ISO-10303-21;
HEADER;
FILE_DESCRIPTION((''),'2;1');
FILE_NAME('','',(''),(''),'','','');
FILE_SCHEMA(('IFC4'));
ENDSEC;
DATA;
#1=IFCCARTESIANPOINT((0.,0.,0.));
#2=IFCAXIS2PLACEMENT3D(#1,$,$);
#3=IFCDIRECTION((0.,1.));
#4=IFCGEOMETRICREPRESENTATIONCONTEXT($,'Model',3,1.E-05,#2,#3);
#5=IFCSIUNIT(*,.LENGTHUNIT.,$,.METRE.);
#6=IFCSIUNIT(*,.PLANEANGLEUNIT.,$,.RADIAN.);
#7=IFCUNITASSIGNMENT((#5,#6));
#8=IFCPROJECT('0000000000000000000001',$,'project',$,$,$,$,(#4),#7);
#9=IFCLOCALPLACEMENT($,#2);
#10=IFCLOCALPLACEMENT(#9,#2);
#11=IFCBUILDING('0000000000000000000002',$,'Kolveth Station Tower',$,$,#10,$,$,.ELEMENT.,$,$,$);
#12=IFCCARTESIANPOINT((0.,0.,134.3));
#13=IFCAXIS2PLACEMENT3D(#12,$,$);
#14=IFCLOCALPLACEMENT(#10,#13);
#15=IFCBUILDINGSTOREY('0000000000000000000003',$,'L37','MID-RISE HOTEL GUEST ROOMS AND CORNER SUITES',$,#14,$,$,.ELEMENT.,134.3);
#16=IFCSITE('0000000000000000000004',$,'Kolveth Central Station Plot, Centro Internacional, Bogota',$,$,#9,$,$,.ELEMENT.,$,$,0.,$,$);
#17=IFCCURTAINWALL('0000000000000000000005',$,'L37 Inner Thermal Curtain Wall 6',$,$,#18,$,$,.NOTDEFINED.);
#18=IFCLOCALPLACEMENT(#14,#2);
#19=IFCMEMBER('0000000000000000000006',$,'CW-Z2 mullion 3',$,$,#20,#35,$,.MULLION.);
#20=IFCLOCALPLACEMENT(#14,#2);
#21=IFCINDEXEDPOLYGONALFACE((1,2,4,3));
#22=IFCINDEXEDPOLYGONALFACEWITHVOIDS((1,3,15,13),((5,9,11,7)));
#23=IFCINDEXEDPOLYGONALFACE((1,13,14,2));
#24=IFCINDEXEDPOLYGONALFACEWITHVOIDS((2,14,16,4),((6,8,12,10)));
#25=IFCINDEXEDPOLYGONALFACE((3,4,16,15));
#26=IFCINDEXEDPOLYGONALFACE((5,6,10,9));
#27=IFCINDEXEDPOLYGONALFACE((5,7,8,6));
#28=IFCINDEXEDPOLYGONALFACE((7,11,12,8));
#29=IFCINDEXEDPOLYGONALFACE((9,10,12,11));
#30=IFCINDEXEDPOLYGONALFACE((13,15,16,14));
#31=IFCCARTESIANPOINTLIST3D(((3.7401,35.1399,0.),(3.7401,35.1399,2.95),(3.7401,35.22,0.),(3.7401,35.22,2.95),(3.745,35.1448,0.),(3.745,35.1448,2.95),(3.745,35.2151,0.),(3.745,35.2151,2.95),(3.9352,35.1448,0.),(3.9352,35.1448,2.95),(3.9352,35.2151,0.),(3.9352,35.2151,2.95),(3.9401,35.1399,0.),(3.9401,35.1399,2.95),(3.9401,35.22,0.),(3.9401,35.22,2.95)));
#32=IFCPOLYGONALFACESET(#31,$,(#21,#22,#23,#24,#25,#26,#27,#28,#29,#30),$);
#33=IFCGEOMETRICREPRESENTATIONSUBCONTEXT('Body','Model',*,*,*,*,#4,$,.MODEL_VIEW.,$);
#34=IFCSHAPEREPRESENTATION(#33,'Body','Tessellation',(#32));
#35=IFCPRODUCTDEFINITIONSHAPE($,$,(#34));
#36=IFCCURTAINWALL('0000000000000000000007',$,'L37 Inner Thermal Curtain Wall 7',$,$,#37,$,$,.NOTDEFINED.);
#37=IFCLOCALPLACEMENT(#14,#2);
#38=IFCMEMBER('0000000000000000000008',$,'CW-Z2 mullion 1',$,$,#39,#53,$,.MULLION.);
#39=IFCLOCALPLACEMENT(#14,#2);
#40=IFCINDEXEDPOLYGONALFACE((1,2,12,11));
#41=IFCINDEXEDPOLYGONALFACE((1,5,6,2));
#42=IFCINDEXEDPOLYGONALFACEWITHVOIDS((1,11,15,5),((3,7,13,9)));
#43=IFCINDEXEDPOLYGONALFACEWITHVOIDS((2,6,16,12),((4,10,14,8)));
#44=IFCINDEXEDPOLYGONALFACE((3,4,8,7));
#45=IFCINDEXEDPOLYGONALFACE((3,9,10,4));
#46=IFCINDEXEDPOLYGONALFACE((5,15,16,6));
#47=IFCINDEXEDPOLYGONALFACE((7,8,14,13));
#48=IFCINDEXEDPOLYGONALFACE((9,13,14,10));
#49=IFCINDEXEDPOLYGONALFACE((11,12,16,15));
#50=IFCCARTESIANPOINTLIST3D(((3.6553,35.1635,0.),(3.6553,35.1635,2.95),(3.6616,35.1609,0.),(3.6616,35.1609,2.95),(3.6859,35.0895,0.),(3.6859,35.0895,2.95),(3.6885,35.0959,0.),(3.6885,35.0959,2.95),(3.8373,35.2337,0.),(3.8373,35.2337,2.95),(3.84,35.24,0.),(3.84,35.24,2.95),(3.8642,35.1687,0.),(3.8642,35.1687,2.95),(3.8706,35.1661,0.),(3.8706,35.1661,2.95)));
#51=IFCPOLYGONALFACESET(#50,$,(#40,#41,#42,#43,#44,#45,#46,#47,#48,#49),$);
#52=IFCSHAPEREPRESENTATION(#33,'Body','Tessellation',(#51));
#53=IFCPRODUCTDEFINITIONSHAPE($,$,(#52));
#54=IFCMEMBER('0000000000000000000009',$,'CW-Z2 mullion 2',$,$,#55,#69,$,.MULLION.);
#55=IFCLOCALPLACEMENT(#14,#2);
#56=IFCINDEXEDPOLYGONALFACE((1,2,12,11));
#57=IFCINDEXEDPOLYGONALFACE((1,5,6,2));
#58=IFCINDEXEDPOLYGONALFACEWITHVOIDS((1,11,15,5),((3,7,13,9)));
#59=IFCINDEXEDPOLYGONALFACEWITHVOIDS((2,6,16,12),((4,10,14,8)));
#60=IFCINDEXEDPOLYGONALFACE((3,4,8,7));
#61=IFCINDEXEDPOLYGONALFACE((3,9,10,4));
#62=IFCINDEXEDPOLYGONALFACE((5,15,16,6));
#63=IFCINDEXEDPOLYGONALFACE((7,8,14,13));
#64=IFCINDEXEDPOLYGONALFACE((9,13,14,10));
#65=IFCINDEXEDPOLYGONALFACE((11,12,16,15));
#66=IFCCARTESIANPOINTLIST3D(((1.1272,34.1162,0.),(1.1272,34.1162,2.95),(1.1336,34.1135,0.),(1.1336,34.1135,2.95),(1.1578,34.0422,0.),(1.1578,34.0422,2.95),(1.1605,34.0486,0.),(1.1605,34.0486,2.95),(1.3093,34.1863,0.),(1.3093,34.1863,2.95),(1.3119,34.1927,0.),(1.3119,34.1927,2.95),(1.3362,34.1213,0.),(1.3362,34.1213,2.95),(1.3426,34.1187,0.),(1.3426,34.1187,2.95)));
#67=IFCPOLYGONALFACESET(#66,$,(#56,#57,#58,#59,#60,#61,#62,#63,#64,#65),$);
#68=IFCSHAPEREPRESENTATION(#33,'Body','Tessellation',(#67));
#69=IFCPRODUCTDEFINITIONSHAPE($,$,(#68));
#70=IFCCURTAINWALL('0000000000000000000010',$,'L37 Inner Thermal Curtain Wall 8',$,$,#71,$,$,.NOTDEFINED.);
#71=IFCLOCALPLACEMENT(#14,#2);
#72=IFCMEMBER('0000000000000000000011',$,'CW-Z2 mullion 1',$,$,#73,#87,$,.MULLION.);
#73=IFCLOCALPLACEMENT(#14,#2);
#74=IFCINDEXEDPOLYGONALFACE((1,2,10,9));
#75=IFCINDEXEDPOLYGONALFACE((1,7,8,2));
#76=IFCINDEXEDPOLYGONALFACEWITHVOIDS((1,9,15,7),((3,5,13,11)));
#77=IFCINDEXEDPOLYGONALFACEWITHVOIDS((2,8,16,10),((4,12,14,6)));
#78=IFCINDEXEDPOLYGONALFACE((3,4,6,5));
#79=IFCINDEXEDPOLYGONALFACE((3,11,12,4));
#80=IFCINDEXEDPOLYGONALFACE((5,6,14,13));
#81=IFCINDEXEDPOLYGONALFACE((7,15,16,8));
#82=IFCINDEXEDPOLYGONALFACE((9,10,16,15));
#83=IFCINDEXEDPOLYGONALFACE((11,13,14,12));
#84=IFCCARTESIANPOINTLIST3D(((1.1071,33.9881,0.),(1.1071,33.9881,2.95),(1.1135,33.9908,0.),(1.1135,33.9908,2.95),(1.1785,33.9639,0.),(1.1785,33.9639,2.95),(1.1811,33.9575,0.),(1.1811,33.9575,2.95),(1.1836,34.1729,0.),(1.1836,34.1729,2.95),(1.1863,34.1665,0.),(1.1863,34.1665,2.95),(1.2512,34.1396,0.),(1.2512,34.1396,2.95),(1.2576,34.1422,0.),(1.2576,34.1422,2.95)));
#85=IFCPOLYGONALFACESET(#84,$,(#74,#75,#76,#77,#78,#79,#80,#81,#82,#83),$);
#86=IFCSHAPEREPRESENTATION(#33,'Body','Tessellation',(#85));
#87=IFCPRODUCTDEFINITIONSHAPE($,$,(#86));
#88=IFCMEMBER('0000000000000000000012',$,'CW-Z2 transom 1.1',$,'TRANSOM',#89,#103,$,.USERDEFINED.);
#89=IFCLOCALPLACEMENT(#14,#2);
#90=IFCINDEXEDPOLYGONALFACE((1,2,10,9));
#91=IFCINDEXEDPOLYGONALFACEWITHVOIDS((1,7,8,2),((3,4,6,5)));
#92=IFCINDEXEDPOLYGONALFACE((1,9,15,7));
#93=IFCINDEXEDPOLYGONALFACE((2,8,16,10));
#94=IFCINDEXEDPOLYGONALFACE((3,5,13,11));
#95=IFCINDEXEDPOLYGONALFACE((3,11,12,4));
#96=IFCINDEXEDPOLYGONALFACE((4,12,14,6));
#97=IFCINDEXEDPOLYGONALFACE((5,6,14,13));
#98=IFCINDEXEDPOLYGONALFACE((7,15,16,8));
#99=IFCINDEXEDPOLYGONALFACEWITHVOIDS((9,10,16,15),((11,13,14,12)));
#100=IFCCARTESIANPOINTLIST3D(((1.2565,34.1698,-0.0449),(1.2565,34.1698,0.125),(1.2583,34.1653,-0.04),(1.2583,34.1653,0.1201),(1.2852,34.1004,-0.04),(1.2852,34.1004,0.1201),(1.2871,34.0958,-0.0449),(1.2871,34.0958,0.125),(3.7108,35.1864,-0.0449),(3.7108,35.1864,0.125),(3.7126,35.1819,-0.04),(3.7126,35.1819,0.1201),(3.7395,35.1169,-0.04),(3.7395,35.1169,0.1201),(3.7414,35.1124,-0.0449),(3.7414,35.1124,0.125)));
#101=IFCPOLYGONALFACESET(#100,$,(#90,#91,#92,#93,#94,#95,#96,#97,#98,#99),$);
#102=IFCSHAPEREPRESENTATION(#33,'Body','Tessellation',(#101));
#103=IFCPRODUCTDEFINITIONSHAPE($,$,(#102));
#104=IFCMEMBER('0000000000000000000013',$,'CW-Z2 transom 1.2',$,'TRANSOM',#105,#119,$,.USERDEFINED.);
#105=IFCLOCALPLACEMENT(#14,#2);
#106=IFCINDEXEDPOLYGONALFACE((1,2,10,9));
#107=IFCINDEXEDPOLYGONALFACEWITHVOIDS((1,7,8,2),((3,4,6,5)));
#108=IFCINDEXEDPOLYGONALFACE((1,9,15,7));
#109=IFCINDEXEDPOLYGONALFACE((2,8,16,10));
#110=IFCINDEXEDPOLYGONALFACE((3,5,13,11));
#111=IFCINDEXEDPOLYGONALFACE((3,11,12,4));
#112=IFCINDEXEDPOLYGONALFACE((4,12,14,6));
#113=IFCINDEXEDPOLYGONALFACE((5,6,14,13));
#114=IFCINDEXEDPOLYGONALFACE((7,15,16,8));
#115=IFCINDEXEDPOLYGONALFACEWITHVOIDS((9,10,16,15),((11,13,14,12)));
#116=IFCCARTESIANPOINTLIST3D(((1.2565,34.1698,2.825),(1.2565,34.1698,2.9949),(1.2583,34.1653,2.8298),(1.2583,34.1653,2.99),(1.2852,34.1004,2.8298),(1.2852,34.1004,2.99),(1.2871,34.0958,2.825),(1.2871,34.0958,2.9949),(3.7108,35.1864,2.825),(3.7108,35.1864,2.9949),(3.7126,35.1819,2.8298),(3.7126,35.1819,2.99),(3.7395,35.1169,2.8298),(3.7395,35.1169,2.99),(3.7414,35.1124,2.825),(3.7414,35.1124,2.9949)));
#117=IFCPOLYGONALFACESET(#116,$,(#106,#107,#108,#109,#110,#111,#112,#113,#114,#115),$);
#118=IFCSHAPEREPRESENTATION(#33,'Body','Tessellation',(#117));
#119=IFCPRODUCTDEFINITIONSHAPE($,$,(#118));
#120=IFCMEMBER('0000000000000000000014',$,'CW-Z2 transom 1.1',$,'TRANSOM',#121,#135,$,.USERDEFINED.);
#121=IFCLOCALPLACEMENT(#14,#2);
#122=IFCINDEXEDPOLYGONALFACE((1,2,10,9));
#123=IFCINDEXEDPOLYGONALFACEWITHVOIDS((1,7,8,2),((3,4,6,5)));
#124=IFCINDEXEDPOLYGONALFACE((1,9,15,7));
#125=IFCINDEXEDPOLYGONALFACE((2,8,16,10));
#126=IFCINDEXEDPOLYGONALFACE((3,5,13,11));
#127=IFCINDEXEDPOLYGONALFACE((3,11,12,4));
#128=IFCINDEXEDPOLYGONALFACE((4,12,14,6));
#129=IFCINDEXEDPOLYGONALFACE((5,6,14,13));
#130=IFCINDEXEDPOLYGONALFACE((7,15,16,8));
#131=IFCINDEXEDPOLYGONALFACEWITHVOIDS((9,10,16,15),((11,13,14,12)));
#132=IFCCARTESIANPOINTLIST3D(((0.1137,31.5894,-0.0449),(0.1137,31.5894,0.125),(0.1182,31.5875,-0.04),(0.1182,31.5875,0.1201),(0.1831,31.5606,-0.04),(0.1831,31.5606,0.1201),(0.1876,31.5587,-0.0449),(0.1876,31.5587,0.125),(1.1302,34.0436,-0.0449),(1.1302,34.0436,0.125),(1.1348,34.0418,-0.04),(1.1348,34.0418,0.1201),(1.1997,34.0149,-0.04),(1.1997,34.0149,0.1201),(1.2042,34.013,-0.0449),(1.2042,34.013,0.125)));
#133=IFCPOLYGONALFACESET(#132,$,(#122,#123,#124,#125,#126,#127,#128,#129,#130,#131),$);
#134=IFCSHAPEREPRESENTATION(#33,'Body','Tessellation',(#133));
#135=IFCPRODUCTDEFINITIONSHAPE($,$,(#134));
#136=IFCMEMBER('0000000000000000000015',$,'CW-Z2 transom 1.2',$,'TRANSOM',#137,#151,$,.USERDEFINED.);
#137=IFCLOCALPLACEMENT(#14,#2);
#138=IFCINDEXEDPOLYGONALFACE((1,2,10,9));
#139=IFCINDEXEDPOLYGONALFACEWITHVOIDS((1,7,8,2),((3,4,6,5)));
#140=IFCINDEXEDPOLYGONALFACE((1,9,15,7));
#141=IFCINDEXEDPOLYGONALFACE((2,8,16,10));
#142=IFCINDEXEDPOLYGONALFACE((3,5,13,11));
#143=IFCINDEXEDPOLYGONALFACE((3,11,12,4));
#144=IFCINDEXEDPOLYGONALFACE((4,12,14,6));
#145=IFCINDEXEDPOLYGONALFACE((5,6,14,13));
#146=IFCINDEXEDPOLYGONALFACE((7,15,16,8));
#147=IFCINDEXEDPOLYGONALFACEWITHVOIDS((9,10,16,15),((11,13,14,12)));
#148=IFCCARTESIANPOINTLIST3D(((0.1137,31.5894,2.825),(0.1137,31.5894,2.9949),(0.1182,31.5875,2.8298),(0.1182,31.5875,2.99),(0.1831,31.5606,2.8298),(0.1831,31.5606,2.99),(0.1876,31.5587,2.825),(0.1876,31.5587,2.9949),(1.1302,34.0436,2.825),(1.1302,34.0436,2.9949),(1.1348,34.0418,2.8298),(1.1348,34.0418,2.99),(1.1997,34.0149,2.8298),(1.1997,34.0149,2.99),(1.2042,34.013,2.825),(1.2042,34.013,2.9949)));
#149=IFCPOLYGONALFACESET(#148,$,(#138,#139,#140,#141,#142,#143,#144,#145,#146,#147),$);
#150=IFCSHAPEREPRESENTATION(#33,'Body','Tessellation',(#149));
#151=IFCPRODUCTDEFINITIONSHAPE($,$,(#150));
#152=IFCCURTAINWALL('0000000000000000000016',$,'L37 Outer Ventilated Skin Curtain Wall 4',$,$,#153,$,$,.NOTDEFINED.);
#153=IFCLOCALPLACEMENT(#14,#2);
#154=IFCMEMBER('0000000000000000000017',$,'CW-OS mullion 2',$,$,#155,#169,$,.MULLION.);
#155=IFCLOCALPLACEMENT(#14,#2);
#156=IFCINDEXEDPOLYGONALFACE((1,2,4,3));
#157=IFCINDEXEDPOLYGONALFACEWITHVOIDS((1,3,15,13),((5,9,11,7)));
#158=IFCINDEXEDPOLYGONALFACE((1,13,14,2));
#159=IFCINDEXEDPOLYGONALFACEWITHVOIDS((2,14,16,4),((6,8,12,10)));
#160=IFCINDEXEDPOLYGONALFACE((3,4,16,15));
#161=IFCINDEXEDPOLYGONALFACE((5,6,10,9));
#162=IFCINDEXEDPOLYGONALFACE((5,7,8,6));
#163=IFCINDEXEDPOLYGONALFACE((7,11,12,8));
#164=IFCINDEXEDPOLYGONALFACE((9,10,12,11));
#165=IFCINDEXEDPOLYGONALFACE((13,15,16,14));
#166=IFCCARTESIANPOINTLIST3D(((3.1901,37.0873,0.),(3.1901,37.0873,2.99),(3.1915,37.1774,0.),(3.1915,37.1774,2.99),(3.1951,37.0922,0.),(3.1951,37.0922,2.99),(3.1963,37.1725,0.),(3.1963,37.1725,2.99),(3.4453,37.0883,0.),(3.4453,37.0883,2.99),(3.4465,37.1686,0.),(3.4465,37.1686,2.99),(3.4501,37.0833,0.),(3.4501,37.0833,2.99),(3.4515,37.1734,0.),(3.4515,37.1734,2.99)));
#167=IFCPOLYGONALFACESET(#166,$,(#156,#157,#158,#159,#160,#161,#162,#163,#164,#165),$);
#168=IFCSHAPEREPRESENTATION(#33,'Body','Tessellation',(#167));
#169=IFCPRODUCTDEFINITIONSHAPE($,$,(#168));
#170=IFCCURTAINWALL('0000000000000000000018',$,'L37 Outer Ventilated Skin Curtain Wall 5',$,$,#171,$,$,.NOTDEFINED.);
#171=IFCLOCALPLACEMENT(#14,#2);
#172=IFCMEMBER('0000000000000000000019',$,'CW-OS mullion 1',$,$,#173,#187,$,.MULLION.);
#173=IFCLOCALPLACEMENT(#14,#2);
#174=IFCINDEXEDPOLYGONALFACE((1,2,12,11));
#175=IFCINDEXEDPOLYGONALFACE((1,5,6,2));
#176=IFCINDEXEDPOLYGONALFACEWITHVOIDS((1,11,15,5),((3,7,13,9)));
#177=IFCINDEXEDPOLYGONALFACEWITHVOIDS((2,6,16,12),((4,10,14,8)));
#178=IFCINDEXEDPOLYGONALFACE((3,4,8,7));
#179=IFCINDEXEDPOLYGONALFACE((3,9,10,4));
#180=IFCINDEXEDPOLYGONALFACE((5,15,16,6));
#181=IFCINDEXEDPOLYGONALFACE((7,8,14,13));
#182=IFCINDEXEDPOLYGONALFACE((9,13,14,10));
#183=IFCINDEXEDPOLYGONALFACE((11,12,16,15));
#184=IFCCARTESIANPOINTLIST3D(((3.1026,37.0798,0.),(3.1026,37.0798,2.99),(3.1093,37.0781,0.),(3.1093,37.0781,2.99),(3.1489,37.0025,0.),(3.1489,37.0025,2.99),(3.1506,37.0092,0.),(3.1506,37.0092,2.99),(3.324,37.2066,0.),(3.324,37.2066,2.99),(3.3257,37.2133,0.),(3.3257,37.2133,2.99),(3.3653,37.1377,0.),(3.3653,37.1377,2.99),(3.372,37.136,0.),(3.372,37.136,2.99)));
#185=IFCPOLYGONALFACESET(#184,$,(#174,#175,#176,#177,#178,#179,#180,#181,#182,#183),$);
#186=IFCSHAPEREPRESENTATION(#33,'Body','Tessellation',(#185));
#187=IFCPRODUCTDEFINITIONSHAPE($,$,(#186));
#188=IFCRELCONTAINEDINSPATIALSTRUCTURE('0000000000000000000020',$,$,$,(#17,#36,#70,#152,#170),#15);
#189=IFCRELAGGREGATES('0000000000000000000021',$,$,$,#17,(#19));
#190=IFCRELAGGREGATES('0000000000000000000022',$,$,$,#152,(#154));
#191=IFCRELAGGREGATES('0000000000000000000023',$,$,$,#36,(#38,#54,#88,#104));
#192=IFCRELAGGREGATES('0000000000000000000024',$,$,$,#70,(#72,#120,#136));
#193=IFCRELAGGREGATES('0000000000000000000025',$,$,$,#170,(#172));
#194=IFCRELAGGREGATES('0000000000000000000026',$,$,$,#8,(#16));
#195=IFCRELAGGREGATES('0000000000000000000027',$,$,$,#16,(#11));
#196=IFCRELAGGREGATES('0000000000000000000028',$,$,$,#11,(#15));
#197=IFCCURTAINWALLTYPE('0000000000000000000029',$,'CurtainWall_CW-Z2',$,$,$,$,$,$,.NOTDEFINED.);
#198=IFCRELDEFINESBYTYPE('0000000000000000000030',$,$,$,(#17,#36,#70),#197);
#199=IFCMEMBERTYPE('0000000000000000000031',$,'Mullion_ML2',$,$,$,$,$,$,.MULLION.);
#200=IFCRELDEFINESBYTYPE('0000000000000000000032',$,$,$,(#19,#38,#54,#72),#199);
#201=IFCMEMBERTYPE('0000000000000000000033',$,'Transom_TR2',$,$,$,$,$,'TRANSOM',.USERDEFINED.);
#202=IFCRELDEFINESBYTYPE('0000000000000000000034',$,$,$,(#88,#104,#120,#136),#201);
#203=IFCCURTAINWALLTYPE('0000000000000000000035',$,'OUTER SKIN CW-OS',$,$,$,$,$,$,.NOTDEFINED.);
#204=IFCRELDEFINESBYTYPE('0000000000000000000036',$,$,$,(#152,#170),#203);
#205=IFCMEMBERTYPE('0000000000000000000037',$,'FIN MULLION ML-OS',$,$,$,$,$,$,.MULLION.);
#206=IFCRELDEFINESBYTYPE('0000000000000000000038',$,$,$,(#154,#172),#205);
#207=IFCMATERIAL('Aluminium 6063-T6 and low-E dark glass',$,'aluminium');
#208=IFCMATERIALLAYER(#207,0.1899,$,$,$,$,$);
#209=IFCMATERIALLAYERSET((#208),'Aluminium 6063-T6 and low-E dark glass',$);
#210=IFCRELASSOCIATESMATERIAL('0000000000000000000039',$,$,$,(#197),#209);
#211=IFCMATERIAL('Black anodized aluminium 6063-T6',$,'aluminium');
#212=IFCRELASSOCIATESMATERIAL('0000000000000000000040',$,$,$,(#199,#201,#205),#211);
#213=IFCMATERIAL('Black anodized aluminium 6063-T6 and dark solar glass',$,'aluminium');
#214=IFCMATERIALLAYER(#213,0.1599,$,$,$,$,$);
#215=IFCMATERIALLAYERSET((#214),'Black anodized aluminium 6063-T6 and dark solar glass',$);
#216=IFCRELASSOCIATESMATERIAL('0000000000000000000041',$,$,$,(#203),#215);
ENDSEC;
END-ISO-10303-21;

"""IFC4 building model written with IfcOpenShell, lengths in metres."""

from ifc_helpers import new_model, si_unit, direction, frame, origin, origin_2d, place, context, subcontext, project, spatial, hollow_rectangle, extrude, source, transform, mapped, material, layer, layer_set, material_profile, profile_set, type_object, element, aggregate, save


model = new_model("IFC4")

# Units and contexts
model_context = context("Model", 3, precision=1e-05, world=origin(), true_north=direction((0.0, 1.0)))
body_context = subcontext(model_context, "Body", "Model", "MODEL_VIEW")
ifc_project = project(units=[si_unit("LENGTHUNIT", "METRE"), si_unit("PLANEANGLEUNIT", "RADIAN")], contexts=[model_context])

# Site, building, storey
site_placement = place(None, origin())
site = spatial("IfcSite", under=ifc_project, at=site_placement, Name="Kolveth Central Station Plot, Centro Internacional, Bogota", CompositionType="ELEMENT", RefElevation=0.0)
building_placement = place(site_placement, origin())
building = spatial("IfcBuilding", under=site, at=building_placement, Name="Kolveth Station Tower", CompositionType="ELEMENT")
storey_placement = place(building_placement, frame((0.0, 0.0, 134.3)))
storey = spatial("IfcBuildingStorey", under=building, at=storey_placement, Name="L37", Description="MID-RISE HOTEL GUEST ROOMS AND CORNER SUITES", CompositionType="ELEMENT", Elevation=134.3)

# Curtain wall, member
ifc_material_1 = material(Name="Aluminium 6063-T6 and low-E dark glass", Category="aluminium")
ifc_layer_1 = layer(ifc_material_1, 0.1899)
ifc_layer_set_1 = layer_set([ifc_layer_1], Name="Aluminium 6063-T6 and low-E dark glass")
curtain_wall_type_1 = type_object("IfcCurtainWallType", Name="CurtainWall_CW-Z2", PredefinedType="NOTDEFINED", material=ifc_layer_set_1)
curtain_wall_1_placement = place(storey_placement, origin())
curtain_wall_1 = element("IfcCurtainWall", 1, at=curtain_wall_1_placement, inside=storey, type_object=curtain_wall_type_1, Name="L37 Inner Thermal Curtain Wall 6", PredefinedType="NOTDEFINED")
ifc_material_2 = material(Name="Black anodized aluminium 6063-T6", Category="aluminium")
ifc_material_profile_1 = material_profile(ifc_material_2, hollow_rectangle(XDim=0.0801, YDim=0.2, WallThickness=0.0049, at=origin_2d()), Name="ALU-80x200x5")
ifc_profile_set_1 = profile_set([ifc_material_profile_1], Name="Black anodized aluminium 6063-T6")
member_type_1 = type_object("IfcMemberType", Name="Mullion_ML2", PredefinedType="MULLION", material=ifc_profile_set_1)
shared_shape_1 = source(origin(), body_context, "Body", "SweptSolid", [
    extrude(hollow_rectangle(XDim=0.0801, YDim=0.2, WallThickness=0.0049, at=origin_2d()), origin(), (0.0, 0.0, 1.0), 2.95),
])
member_1_placement = place(storey_placement, frame((3.8401, 35.1799, 0.0), z_axis=(0.0, 0.0, 1.0), x_axis=(0.0, -1.0, 0.0)))
member_1 = element("IfcMember", 2, at=member_1_placement, type_object=member_type_1, Name="CW-Z2 mullion 3", PredefinedType="MULLION", context=body_context, shape_type="MappedRepresentation", body=[
    mapped(shared_shape_1, transform((0.0, 0.0, 0.0), x_axis=(1.0, 0.0, 0.0), y_axis=(0.0, 1.0, 0.0), z_axis=(0.0, 0.0, 1.0), scale=1.0)),
])
aggregate(curtain_wall_1, [member_1])

# Curtain wall, members
curtain_wall_2_placement = place(storey_placement, origin())
curtain_wall_2 = element("IfcCurtainWall", 3, at=curtain_wall_2_placement, inside=storey, type_object=curtain_wall_type_1, Name="L37 Inner Thermal Curtain Wall 7", PredefinedType="NOTDEFINED")
member_2_placement = place(storey_placement, frame((3.7629, 35.1648, 0.0), z_axis=(0.0, 0.0, 1.0), x_axis=(0.382663, -0.923888, 0.0)))
member_2 = element("IfcMember", 4, at=member_2_placement, type_object=member_type_1, Name="CW-Z2 mullion 1", PredefinedType="MULLION", context=body_context, shape_type="MappedRepresentation", body=[
    mapped(shared_shape_1, transform((0.0, 0.0, 0.0), x_axis=(1.0, 0.0, 0.0), y_axis=(0.0, 1.0, 0.0), z_axis=(0.0, 0.0, 1.0), scale=1.0)),
])
member_3_placement = place(storey_placement, frame((1.2349, 34.1174, 0.0), z_axis=(0.0, 0.0, 1.0), x_axis=(0.382663, -0.923888, 0.0)))
member_3 = element("IfcMember", 5, at=member_3_placement, type_object=member_type_1, Name="CW-Z2 mullion 2", PredefinedType="MULLION", context=body_context, shape_type="MappedRepresentation", body=[
    mapped(shared_shape_1, transform((0.0, 0.0, 0.0), x_axis=(1.0, 0.0, 0.0), y_axis=(0.0, 1.0, 0.0), z_axis=(0.0, 0.0, 1.0), scale=1.0)),
])

# Curtain wall, member
curtain_wall_3_placement = place(storey_placement, origin())
curtain_wall_3 = element("IfcCurtainWall", 6, at=curtain_wall_3_placement, inside=storey, type_object=curtain_wall_type_1, Name="L37 Inner Thermal Curtain Wall 8", PredefinedType="NOTDEFINED")
member_4_placement = place(storey_placement, frame((1.1824, 34.0652, 0.0), z_axis=(0.0, 0.0, 1.0), x_axis=(0.923888, -0.382663, 0.0)))
member_4 = element("IfcMember", 7, at=member_4_placement, type_object=member_type_1, Name="CW-Z2 mullion 1", PredefinedType="MULLION", context=body_context, shape_type="MappedRepresentation", body=[
    mapped(shared_shape_1, transform((0.0, 0.0, 0.0), x_axis=(1.0, 0.0, 0.0), y_axis=(0.0, 1.0, 0.0), z_axis=(0.0, 0.0, 1.0), scale=1.0)),
])

# Members
ifc_material_profile_2 = material_profile(ifc_material_2, hollow_rectangle(XDim=0.0801, YDim=0.1699, WallThickness=0.0049, at=origin_2d()), Name="ALU-80x170x5")
ifc_profile_set_2 = profile_set([ifc_material_profile_2], Name="Black anodized aluminium 6063-T6")
member_type_2 = type_object("IfcMemberType", Name="Transom_TR2", ElementType="TRANSOM", PredefinedType="USERDEFINED", material=ifc_profile_set_2)
shared_shape_2 = source(origin(), body_context, "Body", "SweptSolid", [
    extrude(hollow_rectangle(XDim=0.0801, YDim=0.1699, WallThickness=0.0049, at=origin_2d()), origin(), (0.0, 0.0, 1.0), 2.6565),
])
member_5_placement = place(storey_placement, frame((3.7261, 35.1494, 0.04), z_axis=(-0.923882, -0.382676, 0.0), x_axis=(0.382676, -0.923882, 0.0)))
member_5 = element("IfcMember", 8, at=member_5_placement, type_object=member_type_2, Name="CW-Z2 transom 1.1", ObjectType="TRANSOM", PredefinedType="USERDEFINED", context=body_context, shape_type="MappedRepresentation", body=[
    mapped(shared_shape_2, transform((0.0, 0.0, 0.0), x_axis=(1.0, 0.0, 0.0), y_axis=(0.0, 1.0, 0.0), z_axis=(0.0, 0.0, 1.0), scale=1.0)),
])
member_6_placement = place(storey_placement, frame((3.7261, 35.1494, 2.9099), z_axis=(-0.923882, -0.382676, 0.0), x_axis=(0.382676, -0.923882, 0.0)))
member_6 = element("IfcMember", 9, at=member_6_placement, type_object=member_type_2, Name="CW-Z2 transom 1.2", ObjectType="TRANSOM", PredefinedType="USERDEFINED", context=body_context, shape_type="MappedRepresentation", body=[
    mapped(shared_shape_2, transform((0.0, 0.0, 0.0), x_axis=(1.0, 0.0, 0.0), y_axis=(0.0, 1.0, 0.0), z_axis=(0.0, 0.0, 1.0), scale=1.0)),
])
member_7_placement = place(storey_placement, frame((1.1672, 34.0283, 0.04), z_axis=(-0.382676, -0.923882, 0.0), x_axis=(0.923882, -0.382676, 0.0)))
member_7 = element("IfcMember", 10, at=member_7_placement, type_object=member_type_2, Name="CW-Z2 transom 1.1", ObjectType="TRANSOM", PredefinedType="USERDEFINED", context=body_context, shape_type="MappedRepresentation", body=[
    mapped(shared_shape_2, transform((0.0, 0.0, 0.0), x_axis=(1.0, 0.0, 0.0), y_axis=(0.0, 1.0, 0.0), z_axis=(0.0, 0.0, 1.0), scale=1.0)),
])
member_8_placement = place(storey_placement, frame((1.1672, 34.0283, 2.9099), z_axis=(-0.382676, -0.923882, 0.0), x_axis=(0.923882, -0.382676, 0.0)))
member_8 = element("IfcMember", 11, at=member_8_placement, type_object=member_type_2, Name="CW-Z2 transom 1.2", ObjectType="TRANSOM", PredefinedType="USERDEFINED", context=body_context, shape_type="MappedRepresentation", body=[
    mapped(shared_shape_2, transform((0.0, 0.0, 0.0), x_axis=(1.0, 0.0, 0.0), y_axis=(0.0, 1.0, 0.0), z_axis=(0.0, 0.0, 1.0), scale=1.0)),
])

# Curtain wall, member
ifc_material_3 = material(Name="Black anodized aluminium 6063-T6 and dark solar glass", Category="aluminium")
ifc_layer_2 = layer(ifc_material_3, 0.1599)
ifc_layer_set_2 = layer_set([ifc_layer_2], Name="Black anodized aluminium 6063-T6 and dark solar glass")
curtain_wall_type_2 = type_object("IfcCurtainWallType", Name="OUTER SKIN CW-OS", PredefinedType="NOTDEFINED", material=ifc_layer_set_2)
curtain_wall_4_placement = place(storey_placement, origin())
curtain_wall_4 = element("IfcCurtainWall", 12, at=curtain_wall_4_placement, inside=storey, type_object=curtain_wall_type_2, Name="L37 Outer Ventilated Skin Curtain Wall 4", PredefinedType="NOTDEFINED")
ifc_material_profile_3 = material_profile(ifc_material_2, hollow_rectangle(XDim=0.0901, YDim=0.26, WallThickness=0.0049, at=origin_2d()), Name="ALU-90x260x5")
ifc_profile_set_3 = profile_set([ifc_material_profile_3], Name="Black anodized aluminium 6063-T6")
member_type_3 = type_object("IfcMemberType", Name="FIN MULLION ML-OS", PredefinedType="MULLION", material=ifc_profile_set_3)
shared_shape_3 = source(origin(), body_context, "Body", "SweptSolid", [
    extrude(hollow_rectangle(XDim=0.0901, YDim=0.26, WallThickness=0.0049, at=origin_2d()), origin(), (0.0, 0.0, 1.0), 2.99),
])
member_9_placement = place(storey_placement, frame((3.3208, 37.1304, 0.0), z_axis=(0.0, 0.0, 1.0), x_axis=(-0.015513, -0.99988, 0.0)))
member_9 = element("IfcMember", 13, at=member_9_placement, type_object=member_type_3, Name="CW-OS mullion 2", PredefinedType="MULLION", context=body_context, shape_type="MappedRepresentation", body=[
    mapped(shared_shape_3, transform((0.0, 0.0, 0.0), x_axis=(1.0, 0.0, 0.0), y_axis=(0.0, 1.0, 0.0), z_axis=(0.0, 0.0, 1.0), scale=1.0)),
])
aggregate(curtain_wall_4, [member_9])

# Curtain wall, member
curtain_wall_5_placement = place(storey_placement, origin())
curtain_wall_5 = element("IfcCurtainWall", 14, at=curtain_wall_5_placement, inside=storey, type_object=curtain_wall_type_2, Name="L37 Outer Ventilated Skin Curtain Wall 5", PredefinedType="NOTDEFINED")
member_10_placement = place(storey_placement, frame((3.2373, 37.1079, 0.0), z_axis=(0.0, 0.0, 1.0), x_axis=(0.513598, -0.858031, 0.0)))
member_10 = element("IfcMember", 15, at=member_10_placement, type_object=member_type_3, Name="CW-OS mullion 1", PredefinedType="MULLION", context=body_context, shape_type="MappedRepresentation", body=[
    mapped(shared_shape_3, transform((0.0, 0.0, 0.0), x_axis=(1.0, 0.0, 0.0), y_axis=(0.0, 1.0, 0.0), z_axis=(0.0, 0.0, 1.0), scale=1.0)),
])

aggregate(curtain_wall_2, [member_2, member_3, member_5, member_6])
aggregate(curtain_wall_3, [member_4, member_7, member_8])
aggregate(curtain_wall_5, [member_10])

save(model, "model.ifc")
